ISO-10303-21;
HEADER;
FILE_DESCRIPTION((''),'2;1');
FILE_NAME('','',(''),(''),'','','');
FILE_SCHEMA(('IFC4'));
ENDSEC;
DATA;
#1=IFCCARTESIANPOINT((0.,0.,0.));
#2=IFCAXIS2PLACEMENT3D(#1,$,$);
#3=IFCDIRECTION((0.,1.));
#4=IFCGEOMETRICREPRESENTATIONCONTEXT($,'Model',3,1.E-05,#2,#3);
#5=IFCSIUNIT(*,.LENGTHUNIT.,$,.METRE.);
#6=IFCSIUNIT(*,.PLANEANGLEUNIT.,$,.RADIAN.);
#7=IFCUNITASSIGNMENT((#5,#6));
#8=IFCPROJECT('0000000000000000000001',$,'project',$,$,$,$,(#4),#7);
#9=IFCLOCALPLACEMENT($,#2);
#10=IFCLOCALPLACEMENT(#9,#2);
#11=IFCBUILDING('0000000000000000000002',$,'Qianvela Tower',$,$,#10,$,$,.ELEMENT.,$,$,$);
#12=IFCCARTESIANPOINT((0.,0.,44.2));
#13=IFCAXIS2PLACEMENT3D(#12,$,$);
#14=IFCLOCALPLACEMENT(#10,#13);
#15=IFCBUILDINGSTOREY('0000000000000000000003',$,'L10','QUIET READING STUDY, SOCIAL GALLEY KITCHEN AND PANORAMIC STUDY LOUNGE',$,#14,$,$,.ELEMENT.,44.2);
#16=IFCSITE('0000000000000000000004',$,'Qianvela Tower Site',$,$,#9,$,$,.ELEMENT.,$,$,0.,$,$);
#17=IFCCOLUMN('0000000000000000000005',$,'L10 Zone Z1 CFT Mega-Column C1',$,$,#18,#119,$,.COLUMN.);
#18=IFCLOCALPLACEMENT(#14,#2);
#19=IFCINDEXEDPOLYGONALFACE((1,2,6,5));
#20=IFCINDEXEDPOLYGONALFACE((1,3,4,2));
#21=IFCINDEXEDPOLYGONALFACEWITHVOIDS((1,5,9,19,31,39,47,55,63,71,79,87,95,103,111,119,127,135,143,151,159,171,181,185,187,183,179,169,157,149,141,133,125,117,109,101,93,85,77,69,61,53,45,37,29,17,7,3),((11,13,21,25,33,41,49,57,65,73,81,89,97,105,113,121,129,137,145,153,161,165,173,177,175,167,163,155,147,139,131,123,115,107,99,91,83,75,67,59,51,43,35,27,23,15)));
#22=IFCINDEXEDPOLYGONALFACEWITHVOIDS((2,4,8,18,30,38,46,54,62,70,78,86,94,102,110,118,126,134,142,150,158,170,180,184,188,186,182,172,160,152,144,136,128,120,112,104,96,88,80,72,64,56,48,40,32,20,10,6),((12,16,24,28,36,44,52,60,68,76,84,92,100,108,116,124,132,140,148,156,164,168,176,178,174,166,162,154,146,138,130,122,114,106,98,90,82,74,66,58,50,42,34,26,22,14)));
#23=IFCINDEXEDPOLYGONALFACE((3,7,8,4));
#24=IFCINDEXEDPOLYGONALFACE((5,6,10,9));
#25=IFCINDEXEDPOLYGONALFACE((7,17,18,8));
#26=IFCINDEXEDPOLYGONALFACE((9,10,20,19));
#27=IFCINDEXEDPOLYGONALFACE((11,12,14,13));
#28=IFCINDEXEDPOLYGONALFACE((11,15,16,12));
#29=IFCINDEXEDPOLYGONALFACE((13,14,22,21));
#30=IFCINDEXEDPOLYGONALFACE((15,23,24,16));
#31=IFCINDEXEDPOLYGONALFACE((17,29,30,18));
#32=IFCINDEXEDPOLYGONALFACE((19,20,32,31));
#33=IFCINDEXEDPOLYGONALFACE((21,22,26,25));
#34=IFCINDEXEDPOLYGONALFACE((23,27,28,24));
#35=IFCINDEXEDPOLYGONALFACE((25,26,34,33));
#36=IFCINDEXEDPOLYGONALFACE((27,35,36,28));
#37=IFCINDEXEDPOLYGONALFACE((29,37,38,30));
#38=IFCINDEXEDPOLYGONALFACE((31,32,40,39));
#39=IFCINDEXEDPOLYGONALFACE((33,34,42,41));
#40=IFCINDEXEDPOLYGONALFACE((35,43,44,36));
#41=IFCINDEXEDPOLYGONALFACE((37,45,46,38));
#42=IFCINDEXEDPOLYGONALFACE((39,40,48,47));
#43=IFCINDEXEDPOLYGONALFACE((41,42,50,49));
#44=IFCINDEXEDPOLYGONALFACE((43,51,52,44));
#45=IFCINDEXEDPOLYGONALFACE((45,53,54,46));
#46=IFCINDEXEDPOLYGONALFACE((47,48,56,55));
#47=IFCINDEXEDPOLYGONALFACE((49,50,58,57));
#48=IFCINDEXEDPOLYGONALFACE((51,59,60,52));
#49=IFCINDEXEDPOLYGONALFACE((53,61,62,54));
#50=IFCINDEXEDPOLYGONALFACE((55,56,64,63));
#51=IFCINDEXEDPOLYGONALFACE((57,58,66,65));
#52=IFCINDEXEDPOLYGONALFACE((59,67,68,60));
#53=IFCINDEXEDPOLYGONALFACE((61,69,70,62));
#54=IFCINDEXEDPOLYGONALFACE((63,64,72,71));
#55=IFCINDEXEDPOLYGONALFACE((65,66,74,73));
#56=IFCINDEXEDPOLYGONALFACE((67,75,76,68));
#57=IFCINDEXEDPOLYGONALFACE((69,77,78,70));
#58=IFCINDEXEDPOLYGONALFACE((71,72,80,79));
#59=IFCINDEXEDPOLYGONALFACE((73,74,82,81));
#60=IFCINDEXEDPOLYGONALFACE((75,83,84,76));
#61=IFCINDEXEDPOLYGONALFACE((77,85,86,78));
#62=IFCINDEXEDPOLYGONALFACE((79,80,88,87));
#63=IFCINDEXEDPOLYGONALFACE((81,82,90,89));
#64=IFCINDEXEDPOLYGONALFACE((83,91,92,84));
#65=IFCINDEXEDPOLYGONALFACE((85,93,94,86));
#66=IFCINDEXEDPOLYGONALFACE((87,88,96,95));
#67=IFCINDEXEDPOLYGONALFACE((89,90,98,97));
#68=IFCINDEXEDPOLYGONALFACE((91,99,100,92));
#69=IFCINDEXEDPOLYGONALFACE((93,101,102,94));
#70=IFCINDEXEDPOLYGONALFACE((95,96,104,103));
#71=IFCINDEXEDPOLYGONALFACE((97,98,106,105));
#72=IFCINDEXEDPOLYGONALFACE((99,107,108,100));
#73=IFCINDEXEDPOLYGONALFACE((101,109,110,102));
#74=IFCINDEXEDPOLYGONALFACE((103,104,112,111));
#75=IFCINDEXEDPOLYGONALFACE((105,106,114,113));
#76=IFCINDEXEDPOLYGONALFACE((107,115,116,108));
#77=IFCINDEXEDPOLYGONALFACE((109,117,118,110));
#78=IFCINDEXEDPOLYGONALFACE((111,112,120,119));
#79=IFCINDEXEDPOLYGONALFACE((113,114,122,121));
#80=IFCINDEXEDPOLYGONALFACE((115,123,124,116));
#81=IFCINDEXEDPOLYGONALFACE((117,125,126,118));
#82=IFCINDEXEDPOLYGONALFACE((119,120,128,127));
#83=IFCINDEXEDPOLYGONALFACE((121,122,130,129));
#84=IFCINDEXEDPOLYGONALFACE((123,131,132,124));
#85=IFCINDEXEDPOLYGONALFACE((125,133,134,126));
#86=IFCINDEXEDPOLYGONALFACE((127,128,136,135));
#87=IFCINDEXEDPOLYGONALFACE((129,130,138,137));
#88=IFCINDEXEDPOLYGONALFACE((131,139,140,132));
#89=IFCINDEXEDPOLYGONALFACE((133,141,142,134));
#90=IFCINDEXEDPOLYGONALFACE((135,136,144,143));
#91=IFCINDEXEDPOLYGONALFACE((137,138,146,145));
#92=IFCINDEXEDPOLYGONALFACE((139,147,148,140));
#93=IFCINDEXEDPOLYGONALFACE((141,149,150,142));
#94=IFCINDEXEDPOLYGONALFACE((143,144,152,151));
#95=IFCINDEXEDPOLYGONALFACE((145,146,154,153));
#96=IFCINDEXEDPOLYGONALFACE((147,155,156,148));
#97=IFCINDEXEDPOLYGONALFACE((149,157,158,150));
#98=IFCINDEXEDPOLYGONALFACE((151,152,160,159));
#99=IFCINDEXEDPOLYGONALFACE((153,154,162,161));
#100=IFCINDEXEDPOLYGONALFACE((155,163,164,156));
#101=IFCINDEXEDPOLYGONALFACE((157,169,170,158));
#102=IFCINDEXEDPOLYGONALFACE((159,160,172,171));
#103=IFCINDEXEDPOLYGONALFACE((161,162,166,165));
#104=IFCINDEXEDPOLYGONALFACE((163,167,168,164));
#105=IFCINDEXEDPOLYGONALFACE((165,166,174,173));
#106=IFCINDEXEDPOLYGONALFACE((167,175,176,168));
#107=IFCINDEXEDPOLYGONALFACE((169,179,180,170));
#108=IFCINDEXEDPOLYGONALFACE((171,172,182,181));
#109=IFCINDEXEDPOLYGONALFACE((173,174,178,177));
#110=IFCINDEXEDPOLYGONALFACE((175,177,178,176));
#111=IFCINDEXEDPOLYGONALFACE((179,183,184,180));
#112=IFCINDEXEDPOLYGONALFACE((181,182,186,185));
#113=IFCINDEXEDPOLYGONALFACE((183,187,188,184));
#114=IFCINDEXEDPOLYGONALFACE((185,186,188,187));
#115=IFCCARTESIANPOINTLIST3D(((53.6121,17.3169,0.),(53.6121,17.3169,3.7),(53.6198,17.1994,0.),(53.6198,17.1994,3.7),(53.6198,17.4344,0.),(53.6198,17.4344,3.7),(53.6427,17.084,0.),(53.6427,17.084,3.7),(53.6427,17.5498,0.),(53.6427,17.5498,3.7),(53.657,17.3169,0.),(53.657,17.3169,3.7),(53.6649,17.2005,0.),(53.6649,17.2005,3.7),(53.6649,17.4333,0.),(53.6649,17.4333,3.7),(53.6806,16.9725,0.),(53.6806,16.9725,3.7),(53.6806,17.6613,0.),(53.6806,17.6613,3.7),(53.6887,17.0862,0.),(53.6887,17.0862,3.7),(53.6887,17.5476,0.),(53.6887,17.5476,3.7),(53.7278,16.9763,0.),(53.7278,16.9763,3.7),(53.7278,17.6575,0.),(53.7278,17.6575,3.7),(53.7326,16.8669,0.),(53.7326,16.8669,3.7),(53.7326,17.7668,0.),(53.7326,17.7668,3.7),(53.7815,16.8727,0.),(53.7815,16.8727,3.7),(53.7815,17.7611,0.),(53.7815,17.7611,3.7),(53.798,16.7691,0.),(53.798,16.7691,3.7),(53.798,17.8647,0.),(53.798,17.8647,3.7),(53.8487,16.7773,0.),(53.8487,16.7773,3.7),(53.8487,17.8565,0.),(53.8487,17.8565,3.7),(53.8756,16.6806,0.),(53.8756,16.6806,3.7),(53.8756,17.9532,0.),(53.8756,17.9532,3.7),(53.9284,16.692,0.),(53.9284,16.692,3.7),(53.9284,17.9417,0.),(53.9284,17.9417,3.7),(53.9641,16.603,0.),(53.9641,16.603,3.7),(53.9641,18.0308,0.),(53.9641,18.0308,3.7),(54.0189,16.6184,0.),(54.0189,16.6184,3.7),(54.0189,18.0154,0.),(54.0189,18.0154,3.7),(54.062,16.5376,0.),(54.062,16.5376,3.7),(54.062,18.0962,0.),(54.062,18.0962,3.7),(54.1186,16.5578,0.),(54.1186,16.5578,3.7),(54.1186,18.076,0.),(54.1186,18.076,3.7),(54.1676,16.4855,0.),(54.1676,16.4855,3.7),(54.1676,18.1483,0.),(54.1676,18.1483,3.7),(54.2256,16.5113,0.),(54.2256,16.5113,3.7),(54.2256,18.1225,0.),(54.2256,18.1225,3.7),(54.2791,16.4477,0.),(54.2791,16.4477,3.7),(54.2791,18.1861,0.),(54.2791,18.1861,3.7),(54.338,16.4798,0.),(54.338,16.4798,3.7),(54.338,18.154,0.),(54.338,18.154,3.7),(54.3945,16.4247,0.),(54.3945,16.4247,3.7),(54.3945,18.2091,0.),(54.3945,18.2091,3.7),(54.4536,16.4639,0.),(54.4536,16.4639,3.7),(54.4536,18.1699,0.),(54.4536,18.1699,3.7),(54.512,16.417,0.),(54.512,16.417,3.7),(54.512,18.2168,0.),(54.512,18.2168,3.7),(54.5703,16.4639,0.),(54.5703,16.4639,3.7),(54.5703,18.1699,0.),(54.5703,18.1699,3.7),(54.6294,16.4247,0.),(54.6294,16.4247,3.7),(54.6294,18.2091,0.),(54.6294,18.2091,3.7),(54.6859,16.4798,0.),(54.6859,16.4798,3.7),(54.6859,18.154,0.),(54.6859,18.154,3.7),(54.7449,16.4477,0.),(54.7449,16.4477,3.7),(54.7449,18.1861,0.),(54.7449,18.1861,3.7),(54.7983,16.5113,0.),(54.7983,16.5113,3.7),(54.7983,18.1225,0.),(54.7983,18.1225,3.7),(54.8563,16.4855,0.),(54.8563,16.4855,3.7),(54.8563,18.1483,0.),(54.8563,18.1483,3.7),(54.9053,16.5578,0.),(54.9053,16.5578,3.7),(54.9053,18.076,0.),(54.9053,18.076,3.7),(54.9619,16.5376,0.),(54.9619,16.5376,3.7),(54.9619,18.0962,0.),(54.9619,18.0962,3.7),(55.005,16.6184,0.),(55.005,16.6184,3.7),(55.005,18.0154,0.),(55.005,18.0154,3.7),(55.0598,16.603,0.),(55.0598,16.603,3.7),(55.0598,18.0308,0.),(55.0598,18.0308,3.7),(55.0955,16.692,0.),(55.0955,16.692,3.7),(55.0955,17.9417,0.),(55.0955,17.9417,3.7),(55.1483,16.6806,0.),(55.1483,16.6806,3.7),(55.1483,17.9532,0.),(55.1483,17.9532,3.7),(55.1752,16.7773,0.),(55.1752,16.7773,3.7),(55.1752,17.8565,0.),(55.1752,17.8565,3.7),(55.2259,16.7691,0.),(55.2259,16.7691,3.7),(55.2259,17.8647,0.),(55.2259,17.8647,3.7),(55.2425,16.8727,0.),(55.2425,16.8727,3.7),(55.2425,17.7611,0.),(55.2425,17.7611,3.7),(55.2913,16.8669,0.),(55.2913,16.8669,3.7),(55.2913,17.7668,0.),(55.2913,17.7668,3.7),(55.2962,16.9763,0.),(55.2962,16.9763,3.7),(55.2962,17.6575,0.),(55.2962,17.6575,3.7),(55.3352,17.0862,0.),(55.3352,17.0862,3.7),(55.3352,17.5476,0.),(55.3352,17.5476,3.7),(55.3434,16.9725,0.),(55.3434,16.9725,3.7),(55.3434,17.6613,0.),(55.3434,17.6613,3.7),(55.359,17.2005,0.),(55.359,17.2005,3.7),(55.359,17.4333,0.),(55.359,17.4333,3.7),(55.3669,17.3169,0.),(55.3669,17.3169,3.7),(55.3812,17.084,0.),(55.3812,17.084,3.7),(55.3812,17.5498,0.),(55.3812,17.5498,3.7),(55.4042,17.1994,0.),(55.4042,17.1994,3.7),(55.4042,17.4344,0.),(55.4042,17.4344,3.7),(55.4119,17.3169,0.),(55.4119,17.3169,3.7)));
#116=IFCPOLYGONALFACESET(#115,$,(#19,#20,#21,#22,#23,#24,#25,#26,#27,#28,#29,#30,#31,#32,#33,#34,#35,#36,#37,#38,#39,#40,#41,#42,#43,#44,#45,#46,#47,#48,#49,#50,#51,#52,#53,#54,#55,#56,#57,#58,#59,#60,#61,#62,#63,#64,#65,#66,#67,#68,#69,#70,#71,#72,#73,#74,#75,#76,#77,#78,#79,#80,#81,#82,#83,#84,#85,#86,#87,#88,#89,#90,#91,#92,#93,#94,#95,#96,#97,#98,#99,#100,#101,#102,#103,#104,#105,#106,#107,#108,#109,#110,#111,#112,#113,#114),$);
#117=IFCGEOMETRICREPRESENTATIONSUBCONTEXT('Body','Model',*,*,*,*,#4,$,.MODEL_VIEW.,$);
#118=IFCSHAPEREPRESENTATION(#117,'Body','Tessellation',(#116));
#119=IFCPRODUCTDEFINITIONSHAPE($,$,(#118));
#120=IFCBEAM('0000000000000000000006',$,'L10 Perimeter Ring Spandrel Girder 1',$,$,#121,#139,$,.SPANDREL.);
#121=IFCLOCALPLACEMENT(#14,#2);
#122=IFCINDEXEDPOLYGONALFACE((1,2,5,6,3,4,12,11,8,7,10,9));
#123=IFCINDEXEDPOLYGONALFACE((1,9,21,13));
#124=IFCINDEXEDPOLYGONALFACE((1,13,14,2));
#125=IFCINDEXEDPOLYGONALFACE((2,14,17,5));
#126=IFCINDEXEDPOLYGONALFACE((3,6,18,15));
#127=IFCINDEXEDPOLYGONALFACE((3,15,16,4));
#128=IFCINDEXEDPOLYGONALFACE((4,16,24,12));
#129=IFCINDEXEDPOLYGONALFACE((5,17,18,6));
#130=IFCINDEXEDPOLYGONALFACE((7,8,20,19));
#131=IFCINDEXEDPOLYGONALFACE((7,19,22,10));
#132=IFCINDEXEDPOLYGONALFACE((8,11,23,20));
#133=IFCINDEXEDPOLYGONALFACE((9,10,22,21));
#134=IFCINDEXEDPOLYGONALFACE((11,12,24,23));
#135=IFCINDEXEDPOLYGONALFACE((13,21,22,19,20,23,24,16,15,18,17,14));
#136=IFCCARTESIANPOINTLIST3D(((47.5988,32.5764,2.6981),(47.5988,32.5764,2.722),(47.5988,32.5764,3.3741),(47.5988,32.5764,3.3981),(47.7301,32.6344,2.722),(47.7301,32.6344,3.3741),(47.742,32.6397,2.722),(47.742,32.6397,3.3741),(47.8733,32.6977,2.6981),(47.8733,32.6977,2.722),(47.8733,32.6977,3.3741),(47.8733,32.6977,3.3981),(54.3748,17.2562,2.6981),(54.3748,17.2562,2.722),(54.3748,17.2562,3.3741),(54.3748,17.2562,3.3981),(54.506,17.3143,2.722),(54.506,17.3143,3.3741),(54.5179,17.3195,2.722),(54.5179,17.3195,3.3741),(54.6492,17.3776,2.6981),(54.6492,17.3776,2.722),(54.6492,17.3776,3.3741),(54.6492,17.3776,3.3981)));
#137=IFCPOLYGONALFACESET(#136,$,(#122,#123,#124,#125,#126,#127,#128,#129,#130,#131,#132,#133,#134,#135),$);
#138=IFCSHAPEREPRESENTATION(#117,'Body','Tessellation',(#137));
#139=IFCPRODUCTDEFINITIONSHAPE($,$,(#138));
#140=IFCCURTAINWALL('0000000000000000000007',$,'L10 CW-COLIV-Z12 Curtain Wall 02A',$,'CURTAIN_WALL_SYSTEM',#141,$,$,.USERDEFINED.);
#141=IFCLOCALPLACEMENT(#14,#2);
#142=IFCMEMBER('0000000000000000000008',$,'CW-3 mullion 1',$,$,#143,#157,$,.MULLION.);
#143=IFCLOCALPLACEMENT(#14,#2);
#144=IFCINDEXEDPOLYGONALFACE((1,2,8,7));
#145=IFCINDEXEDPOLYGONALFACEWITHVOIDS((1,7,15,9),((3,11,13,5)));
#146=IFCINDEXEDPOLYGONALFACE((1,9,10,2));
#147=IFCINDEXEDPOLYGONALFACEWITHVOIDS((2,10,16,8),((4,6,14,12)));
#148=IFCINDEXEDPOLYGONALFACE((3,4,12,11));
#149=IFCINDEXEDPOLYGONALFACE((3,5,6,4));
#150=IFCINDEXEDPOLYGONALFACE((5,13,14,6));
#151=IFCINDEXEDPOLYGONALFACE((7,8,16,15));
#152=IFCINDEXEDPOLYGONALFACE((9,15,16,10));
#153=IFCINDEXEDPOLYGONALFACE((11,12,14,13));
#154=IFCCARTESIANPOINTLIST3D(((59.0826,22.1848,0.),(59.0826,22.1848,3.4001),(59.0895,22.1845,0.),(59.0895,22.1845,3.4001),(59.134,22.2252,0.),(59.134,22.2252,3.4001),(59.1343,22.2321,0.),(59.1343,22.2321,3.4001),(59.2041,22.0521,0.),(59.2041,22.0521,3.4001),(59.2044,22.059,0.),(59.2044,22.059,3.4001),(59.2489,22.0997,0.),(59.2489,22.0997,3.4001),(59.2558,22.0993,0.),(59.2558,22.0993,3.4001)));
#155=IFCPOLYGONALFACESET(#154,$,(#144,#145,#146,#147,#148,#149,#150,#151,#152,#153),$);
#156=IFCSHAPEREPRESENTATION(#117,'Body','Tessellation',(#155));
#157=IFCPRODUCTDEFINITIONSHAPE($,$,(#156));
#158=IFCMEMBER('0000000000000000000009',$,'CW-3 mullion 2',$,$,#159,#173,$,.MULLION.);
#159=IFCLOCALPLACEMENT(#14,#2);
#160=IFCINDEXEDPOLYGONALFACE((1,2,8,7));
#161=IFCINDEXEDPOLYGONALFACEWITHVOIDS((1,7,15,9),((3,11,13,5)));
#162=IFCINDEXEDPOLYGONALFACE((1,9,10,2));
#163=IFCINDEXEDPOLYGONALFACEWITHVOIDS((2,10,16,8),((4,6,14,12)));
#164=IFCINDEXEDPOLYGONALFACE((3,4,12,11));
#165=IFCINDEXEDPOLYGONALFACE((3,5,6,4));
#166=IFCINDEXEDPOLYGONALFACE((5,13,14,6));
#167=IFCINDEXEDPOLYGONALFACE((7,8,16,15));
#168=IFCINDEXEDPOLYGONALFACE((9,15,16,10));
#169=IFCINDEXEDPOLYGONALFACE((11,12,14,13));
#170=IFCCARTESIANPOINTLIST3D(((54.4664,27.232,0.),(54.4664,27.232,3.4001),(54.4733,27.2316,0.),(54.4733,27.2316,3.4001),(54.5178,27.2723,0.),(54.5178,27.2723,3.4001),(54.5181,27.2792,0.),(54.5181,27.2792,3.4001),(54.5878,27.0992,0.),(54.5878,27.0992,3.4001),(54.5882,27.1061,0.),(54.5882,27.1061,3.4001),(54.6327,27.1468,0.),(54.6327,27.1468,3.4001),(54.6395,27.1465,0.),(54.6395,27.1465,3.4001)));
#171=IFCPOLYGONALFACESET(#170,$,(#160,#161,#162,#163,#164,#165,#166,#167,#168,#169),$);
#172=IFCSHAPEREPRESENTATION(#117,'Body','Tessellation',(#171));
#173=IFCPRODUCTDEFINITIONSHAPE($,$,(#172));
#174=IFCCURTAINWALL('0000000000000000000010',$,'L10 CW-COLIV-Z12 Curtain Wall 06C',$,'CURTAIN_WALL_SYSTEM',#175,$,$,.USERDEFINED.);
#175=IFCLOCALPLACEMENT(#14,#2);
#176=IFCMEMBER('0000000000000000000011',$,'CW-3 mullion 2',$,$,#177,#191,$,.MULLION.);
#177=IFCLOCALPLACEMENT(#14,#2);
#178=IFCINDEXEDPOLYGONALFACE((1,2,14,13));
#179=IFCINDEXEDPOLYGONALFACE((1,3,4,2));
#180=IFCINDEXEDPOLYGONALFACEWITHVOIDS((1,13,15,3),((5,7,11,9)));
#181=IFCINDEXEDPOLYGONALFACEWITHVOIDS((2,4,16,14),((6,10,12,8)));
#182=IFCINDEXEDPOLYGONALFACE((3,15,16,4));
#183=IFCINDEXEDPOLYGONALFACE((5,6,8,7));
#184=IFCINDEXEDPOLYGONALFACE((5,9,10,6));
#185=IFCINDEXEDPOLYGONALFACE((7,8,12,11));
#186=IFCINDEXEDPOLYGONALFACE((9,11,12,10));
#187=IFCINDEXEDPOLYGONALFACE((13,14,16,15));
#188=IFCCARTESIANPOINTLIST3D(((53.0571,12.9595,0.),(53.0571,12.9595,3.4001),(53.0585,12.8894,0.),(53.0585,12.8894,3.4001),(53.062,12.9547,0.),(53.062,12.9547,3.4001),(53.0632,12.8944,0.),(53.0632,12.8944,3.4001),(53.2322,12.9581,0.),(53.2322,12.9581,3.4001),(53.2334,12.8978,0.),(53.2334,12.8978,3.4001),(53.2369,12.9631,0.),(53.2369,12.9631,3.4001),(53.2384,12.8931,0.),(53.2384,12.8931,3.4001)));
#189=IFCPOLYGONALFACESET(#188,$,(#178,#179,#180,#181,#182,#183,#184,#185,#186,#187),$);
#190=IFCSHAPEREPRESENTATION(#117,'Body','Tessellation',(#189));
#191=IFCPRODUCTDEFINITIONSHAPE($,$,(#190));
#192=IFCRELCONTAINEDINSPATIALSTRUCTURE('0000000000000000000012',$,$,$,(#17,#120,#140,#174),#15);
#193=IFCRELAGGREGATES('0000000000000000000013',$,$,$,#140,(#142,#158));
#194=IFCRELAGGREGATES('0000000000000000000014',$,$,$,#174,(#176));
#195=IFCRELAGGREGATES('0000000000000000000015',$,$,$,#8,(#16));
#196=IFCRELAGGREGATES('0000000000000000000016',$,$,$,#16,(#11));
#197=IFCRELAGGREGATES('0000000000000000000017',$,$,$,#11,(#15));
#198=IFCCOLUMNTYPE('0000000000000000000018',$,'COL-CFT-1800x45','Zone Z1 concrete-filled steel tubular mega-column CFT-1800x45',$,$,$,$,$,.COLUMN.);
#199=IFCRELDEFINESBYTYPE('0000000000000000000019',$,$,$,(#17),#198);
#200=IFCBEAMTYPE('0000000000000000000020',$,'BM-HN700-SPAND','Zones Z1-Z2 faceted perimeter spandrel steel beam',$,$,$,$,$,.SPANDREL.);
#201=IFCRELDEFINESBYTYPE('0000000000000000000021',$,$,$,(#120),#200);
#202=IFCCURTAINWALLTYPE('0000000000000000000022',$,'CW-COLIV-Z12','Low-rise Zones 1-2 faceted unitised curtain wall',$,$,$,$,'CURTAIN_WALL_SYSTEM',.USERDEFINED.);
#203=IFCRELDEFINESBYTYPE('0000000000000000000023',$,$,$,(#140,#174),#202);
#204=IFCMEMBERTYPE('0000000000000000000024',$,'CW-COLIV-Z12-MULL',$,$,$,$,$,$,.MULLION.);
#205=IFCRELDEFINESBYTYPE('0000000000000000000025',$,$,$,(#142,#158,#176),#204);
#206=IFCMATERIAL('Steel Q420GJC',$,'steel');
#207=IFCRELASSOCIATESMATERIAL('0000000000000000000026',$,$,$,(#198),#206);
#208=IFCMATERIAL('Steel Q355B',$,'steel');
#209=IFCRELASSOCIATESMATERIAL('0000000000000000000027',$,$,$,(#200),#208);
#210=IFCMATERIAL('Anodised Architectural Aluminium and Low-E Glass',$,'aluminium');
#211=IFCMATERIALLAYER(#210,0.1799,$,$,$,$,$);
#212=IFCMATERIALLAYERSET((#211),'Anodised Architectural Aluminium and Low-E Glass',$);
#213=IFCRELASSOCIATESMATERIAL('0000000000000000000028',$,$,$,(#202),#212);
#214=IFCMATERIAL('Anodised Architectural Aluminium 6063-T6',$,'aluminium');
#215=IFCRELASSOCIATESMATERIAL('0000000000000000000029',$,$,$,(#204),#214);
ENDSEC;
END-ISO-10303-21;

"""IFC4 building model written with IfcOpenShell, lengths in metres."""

from ifc_helpers import new_model, si_unit, direction, frame, origin, origin_2d, place, context, subcontext, project, spatial, hollow_rectangle, hollow_circle, i_section, extrude, material, layer, layer_set, material_profile, profile_set, type_object, element, aggregate, save


model = new_model("IFC4")

# Units and contexts
model_context = context("Model", 3, precision=1e-05, world=origin(), true_north=direction((0.0, 1.0)))
body_context = subcontext(model_context, "Body", "Model", "MODEL_VIEW")
ifc_project = project(units=[si_unit("LENGTHUNIT", "METRE"), si_unit("PLANEANGLEUNIT", "RADIAN")], contexts=[model_context])

# Site, building, storey
site_placement = place(None, origin())
site = spatial("IfcSite", under=ifc_project, at=site_placement, Name="Qianvela Tower Site", CompositionType="ELEMENT", RefElevation=0.0)
building_placement = place(site_placement, origin())
building = spatial("IfcBuilding", under=site, at=building_placement, Name="Qianvela Tower", CompositionType="ELEMENT")
storey_placement = place(building_placement, frame((0.0, 0.0, 44.2)))
storey = spatial("IfcBuildingStorey", under=building, at=storey_placement, Name="L10", Description="QUIET READING STUDY, SOCIAL GALLEY KITCHEN AND PANORAMIC STUDY LOUNGE", CompositionType="ELEMENT", Elevation=44.2)

# Column
ifc_material_1 = material(Name="Steel Q420GJC", Category="steel")
ifc_material_profile_1 = material_profile(ifc_material_1, hollow_circle(Radius=0.8999, WallThickness=0.0449, at=origin_2d()), Name="CFT-1800x45")
ifc_profile_set_1 = profile_set([ifc_material_profile_1], Name="Steel Q420GJC")
column_type = type_object("IfcColumnType", Name="COL-CFT-1800x45", Description="Zone Z1 concrete-filled steel tubular mega-column CFT-1800x45", PredefinedType="COLUMN", material=ifc_profile_set_1)
column_placement = place(storey_placement, frame((54.512, 17.3169, 0.0), z_axis=(0.0, 0.0, 1.0), x_axis=(1.0, 0.0, 0.0)))
element("IfcColumn", 1, at=column_placement, inside=storey, type_object=column_type, Name="L10 Zone Z1 CFT Mega-Column C1", PredefinedType="COLUMN", context=body_context, shape_type="SweptSolid", body=[
    extrude(hollow_circle(Radius=0.8999, WallThickness=0.0449, at=origin_2d()), origin(), (0.0, 0.0, 1.0), 3.7),
])

# Beam
ifc_material_2 = material(Name="Steel Q355B", Category="steel")
ifc_material_profile_2 = material_profile(ifc_material_2, i_section(OverallWidth=0.3, OverallDepth=0.7, WebThickness=0.0129, FlangeThickness=0.0239, at=origin_2d()), Name="HN700x300x13x24")
ifc_profile_set_2 = profile_set([ifc_material_profile_2], Name="Steel Q355B")
beam_type = type_object("IfcBeamType", Name="BM-HN700-SPAND", Description="Zones Z1-Z2 faceted perimeter spandrel steel beam", PredefinedType="SPANDREL", material=ifc_profile_set_2)
beam_placement = place(storey_placement, frame((54.512, 17.3169, 3.0481), z_axis=(-0.404491, 0.914542, 0.0), x_axis=(-0.914542, -0.404491, 0.0)))
element("IfcBeam", 2, at=beam_placement, inside=storey, type_object=beam_type, Name="L10 Perimeter Ring Spandrel Girder 1", PredefinedType="SPANDREL", context=body_context, shape_type="SweptSolid", body=[
    extrude(i_section(OverallWidth=0.3, OverallDepth=0.7, WebThickness=0.0129, FlangeThickness=0.0239, at=origin_2d()), origin(), (0.0, 0.0, 1.0), 16.7517),
])

# Curtain wall, members
ifc_material_3 = material(Name="Anodised Architectural Aluminium and Low-E Glass", Category="aluminium")
ifc_layer_1 = layer(ifc_material_3, 0.1799)
ifc_layer_set_1 = layer_set([ifc_layer_1], Name="Anodised Architectural Aluminium and Low-E Glass")
curtain_wall_type = type_object("IfcCurtainWallType", Name="CW-COLIV-Z12", Description="Low-rise Zones 1-2 faceted unitised curtain wall", ElementType="CURTAIN_WALL_SYSTEM", PredefinedType="USERDEFINED", material=ifc_layer_set_1)
curtain_wall_1_placement = place(storey_placement, origin())
curtain_wall_1 = element("IfcCurtainWall", 3, at=curtain_wall_1_placement, inside=storey, type_object=curtain_wall_type, Name="L10 CW-COLIV-Z12 Curtain Wall 02A", ObjectType="CURTAIN_WALL_SYSTEM", PredefinedType="USERDEFINED")
ifc_material_4 = material(Name="Anodised Architectural Aluminium 6063-T6", Category="aluminium")
ifc_material_profile_3 = material_profile(ifc_material_4, hollow_rectangle(XDim=0.0701, YDim=0.1799, WallThickness=0.0049, at=origin_2d()), Name="ALU-MULL-70x180")
ifc_profile_set_3 = profile_set([ifc_material_profile_3], Name="Anodised Architectural Aluminium 6063-T6")
member_type_1 = type_object("IfcMemberType", Name="CW-COLIV-Z12-MULL", PredefinedType="MULLION", material=ifc_profile_set_3)
member_1_placement = place(storey_placement, frame((59.1692, 22.1421, 0.0), z_axis=(0.0, 0.0, 1.0), x_axis=(-0.737903, -0.674907, 0.0)))
member_1 = element("IfcMember", 4, at=member_1_placement, type_object=member_type_1, Name="CW-3 mullion 1", PredefinedType="MULLION", context=body_context, shape_type="SweptSolid", body=[
    extrude(hollow_rectangle(XDim=0.0701, YDim=0.1799, WallThickness=0.0049, at=origin_2d()), origin(), (0.0, 0.0, 1.0), 3.4001),
])
member_2_placement = place(storey_placement, frame((54.553, 27.1892, 0.0), z_axis=(0.0, 0.0, 1.0), x_axis=(-0.737903, -0.674907, 0.0)))
member_2 = element("IfcMember", 5, at=member_2_placement, type_object=member_type_1, Name="CW-3 mullion 2", PredefinedType="MULLION", context=body_context, shape_type="SweptSolid", body=[
    extrude(hollow_rectangle(XDim=0.0701, YDim=0.1799, WallThickness=0.0049, at=origin_2d()), origin(), (0.0, 0.0, 1.0), 3.4001),
])

# Curtain wall, member
curtain_wall_2_placement = place(storey_placement, origin())
curtain_wall_2 = element("IfcCurtainWall", 6, at=curtain_wall_2_placement, inside=storey, type_object=curtain_wall_type, Name="L10 CW-COLIV-Z12 Curtain Wall 06C", ObjectType="CURTAIN_WALL_SYSTEM", PredefinedType="USERDEFINED")
member_3_placement = place(storey_placement, frame((53.1477, 12.9263, 0.0), z_axis=(0.0, 0.0, 1.0), x_axis=(-0.020121, 0.999798, 0.0)))
member_3 = element("IfcMember", 7, at=member_3_placement, type_object=member_type_1, Name="CW-3 mullion 2", PredefinedType="MULLION", context=body_context, shape_type="SweptSolid", body=[
    extrude(hollow_rectangle(XDim=0.0701, YDim=0.1799, WallThickness=0.0049, at=origin_2d()), origin(), (0.0, 0.0, 1.0), 3.4001),
])

aggregate(curtain_wall_1, [member_1, member_2])
aggregate(curtain_wall_2, [member_3])

save(model, "model.ifc")
